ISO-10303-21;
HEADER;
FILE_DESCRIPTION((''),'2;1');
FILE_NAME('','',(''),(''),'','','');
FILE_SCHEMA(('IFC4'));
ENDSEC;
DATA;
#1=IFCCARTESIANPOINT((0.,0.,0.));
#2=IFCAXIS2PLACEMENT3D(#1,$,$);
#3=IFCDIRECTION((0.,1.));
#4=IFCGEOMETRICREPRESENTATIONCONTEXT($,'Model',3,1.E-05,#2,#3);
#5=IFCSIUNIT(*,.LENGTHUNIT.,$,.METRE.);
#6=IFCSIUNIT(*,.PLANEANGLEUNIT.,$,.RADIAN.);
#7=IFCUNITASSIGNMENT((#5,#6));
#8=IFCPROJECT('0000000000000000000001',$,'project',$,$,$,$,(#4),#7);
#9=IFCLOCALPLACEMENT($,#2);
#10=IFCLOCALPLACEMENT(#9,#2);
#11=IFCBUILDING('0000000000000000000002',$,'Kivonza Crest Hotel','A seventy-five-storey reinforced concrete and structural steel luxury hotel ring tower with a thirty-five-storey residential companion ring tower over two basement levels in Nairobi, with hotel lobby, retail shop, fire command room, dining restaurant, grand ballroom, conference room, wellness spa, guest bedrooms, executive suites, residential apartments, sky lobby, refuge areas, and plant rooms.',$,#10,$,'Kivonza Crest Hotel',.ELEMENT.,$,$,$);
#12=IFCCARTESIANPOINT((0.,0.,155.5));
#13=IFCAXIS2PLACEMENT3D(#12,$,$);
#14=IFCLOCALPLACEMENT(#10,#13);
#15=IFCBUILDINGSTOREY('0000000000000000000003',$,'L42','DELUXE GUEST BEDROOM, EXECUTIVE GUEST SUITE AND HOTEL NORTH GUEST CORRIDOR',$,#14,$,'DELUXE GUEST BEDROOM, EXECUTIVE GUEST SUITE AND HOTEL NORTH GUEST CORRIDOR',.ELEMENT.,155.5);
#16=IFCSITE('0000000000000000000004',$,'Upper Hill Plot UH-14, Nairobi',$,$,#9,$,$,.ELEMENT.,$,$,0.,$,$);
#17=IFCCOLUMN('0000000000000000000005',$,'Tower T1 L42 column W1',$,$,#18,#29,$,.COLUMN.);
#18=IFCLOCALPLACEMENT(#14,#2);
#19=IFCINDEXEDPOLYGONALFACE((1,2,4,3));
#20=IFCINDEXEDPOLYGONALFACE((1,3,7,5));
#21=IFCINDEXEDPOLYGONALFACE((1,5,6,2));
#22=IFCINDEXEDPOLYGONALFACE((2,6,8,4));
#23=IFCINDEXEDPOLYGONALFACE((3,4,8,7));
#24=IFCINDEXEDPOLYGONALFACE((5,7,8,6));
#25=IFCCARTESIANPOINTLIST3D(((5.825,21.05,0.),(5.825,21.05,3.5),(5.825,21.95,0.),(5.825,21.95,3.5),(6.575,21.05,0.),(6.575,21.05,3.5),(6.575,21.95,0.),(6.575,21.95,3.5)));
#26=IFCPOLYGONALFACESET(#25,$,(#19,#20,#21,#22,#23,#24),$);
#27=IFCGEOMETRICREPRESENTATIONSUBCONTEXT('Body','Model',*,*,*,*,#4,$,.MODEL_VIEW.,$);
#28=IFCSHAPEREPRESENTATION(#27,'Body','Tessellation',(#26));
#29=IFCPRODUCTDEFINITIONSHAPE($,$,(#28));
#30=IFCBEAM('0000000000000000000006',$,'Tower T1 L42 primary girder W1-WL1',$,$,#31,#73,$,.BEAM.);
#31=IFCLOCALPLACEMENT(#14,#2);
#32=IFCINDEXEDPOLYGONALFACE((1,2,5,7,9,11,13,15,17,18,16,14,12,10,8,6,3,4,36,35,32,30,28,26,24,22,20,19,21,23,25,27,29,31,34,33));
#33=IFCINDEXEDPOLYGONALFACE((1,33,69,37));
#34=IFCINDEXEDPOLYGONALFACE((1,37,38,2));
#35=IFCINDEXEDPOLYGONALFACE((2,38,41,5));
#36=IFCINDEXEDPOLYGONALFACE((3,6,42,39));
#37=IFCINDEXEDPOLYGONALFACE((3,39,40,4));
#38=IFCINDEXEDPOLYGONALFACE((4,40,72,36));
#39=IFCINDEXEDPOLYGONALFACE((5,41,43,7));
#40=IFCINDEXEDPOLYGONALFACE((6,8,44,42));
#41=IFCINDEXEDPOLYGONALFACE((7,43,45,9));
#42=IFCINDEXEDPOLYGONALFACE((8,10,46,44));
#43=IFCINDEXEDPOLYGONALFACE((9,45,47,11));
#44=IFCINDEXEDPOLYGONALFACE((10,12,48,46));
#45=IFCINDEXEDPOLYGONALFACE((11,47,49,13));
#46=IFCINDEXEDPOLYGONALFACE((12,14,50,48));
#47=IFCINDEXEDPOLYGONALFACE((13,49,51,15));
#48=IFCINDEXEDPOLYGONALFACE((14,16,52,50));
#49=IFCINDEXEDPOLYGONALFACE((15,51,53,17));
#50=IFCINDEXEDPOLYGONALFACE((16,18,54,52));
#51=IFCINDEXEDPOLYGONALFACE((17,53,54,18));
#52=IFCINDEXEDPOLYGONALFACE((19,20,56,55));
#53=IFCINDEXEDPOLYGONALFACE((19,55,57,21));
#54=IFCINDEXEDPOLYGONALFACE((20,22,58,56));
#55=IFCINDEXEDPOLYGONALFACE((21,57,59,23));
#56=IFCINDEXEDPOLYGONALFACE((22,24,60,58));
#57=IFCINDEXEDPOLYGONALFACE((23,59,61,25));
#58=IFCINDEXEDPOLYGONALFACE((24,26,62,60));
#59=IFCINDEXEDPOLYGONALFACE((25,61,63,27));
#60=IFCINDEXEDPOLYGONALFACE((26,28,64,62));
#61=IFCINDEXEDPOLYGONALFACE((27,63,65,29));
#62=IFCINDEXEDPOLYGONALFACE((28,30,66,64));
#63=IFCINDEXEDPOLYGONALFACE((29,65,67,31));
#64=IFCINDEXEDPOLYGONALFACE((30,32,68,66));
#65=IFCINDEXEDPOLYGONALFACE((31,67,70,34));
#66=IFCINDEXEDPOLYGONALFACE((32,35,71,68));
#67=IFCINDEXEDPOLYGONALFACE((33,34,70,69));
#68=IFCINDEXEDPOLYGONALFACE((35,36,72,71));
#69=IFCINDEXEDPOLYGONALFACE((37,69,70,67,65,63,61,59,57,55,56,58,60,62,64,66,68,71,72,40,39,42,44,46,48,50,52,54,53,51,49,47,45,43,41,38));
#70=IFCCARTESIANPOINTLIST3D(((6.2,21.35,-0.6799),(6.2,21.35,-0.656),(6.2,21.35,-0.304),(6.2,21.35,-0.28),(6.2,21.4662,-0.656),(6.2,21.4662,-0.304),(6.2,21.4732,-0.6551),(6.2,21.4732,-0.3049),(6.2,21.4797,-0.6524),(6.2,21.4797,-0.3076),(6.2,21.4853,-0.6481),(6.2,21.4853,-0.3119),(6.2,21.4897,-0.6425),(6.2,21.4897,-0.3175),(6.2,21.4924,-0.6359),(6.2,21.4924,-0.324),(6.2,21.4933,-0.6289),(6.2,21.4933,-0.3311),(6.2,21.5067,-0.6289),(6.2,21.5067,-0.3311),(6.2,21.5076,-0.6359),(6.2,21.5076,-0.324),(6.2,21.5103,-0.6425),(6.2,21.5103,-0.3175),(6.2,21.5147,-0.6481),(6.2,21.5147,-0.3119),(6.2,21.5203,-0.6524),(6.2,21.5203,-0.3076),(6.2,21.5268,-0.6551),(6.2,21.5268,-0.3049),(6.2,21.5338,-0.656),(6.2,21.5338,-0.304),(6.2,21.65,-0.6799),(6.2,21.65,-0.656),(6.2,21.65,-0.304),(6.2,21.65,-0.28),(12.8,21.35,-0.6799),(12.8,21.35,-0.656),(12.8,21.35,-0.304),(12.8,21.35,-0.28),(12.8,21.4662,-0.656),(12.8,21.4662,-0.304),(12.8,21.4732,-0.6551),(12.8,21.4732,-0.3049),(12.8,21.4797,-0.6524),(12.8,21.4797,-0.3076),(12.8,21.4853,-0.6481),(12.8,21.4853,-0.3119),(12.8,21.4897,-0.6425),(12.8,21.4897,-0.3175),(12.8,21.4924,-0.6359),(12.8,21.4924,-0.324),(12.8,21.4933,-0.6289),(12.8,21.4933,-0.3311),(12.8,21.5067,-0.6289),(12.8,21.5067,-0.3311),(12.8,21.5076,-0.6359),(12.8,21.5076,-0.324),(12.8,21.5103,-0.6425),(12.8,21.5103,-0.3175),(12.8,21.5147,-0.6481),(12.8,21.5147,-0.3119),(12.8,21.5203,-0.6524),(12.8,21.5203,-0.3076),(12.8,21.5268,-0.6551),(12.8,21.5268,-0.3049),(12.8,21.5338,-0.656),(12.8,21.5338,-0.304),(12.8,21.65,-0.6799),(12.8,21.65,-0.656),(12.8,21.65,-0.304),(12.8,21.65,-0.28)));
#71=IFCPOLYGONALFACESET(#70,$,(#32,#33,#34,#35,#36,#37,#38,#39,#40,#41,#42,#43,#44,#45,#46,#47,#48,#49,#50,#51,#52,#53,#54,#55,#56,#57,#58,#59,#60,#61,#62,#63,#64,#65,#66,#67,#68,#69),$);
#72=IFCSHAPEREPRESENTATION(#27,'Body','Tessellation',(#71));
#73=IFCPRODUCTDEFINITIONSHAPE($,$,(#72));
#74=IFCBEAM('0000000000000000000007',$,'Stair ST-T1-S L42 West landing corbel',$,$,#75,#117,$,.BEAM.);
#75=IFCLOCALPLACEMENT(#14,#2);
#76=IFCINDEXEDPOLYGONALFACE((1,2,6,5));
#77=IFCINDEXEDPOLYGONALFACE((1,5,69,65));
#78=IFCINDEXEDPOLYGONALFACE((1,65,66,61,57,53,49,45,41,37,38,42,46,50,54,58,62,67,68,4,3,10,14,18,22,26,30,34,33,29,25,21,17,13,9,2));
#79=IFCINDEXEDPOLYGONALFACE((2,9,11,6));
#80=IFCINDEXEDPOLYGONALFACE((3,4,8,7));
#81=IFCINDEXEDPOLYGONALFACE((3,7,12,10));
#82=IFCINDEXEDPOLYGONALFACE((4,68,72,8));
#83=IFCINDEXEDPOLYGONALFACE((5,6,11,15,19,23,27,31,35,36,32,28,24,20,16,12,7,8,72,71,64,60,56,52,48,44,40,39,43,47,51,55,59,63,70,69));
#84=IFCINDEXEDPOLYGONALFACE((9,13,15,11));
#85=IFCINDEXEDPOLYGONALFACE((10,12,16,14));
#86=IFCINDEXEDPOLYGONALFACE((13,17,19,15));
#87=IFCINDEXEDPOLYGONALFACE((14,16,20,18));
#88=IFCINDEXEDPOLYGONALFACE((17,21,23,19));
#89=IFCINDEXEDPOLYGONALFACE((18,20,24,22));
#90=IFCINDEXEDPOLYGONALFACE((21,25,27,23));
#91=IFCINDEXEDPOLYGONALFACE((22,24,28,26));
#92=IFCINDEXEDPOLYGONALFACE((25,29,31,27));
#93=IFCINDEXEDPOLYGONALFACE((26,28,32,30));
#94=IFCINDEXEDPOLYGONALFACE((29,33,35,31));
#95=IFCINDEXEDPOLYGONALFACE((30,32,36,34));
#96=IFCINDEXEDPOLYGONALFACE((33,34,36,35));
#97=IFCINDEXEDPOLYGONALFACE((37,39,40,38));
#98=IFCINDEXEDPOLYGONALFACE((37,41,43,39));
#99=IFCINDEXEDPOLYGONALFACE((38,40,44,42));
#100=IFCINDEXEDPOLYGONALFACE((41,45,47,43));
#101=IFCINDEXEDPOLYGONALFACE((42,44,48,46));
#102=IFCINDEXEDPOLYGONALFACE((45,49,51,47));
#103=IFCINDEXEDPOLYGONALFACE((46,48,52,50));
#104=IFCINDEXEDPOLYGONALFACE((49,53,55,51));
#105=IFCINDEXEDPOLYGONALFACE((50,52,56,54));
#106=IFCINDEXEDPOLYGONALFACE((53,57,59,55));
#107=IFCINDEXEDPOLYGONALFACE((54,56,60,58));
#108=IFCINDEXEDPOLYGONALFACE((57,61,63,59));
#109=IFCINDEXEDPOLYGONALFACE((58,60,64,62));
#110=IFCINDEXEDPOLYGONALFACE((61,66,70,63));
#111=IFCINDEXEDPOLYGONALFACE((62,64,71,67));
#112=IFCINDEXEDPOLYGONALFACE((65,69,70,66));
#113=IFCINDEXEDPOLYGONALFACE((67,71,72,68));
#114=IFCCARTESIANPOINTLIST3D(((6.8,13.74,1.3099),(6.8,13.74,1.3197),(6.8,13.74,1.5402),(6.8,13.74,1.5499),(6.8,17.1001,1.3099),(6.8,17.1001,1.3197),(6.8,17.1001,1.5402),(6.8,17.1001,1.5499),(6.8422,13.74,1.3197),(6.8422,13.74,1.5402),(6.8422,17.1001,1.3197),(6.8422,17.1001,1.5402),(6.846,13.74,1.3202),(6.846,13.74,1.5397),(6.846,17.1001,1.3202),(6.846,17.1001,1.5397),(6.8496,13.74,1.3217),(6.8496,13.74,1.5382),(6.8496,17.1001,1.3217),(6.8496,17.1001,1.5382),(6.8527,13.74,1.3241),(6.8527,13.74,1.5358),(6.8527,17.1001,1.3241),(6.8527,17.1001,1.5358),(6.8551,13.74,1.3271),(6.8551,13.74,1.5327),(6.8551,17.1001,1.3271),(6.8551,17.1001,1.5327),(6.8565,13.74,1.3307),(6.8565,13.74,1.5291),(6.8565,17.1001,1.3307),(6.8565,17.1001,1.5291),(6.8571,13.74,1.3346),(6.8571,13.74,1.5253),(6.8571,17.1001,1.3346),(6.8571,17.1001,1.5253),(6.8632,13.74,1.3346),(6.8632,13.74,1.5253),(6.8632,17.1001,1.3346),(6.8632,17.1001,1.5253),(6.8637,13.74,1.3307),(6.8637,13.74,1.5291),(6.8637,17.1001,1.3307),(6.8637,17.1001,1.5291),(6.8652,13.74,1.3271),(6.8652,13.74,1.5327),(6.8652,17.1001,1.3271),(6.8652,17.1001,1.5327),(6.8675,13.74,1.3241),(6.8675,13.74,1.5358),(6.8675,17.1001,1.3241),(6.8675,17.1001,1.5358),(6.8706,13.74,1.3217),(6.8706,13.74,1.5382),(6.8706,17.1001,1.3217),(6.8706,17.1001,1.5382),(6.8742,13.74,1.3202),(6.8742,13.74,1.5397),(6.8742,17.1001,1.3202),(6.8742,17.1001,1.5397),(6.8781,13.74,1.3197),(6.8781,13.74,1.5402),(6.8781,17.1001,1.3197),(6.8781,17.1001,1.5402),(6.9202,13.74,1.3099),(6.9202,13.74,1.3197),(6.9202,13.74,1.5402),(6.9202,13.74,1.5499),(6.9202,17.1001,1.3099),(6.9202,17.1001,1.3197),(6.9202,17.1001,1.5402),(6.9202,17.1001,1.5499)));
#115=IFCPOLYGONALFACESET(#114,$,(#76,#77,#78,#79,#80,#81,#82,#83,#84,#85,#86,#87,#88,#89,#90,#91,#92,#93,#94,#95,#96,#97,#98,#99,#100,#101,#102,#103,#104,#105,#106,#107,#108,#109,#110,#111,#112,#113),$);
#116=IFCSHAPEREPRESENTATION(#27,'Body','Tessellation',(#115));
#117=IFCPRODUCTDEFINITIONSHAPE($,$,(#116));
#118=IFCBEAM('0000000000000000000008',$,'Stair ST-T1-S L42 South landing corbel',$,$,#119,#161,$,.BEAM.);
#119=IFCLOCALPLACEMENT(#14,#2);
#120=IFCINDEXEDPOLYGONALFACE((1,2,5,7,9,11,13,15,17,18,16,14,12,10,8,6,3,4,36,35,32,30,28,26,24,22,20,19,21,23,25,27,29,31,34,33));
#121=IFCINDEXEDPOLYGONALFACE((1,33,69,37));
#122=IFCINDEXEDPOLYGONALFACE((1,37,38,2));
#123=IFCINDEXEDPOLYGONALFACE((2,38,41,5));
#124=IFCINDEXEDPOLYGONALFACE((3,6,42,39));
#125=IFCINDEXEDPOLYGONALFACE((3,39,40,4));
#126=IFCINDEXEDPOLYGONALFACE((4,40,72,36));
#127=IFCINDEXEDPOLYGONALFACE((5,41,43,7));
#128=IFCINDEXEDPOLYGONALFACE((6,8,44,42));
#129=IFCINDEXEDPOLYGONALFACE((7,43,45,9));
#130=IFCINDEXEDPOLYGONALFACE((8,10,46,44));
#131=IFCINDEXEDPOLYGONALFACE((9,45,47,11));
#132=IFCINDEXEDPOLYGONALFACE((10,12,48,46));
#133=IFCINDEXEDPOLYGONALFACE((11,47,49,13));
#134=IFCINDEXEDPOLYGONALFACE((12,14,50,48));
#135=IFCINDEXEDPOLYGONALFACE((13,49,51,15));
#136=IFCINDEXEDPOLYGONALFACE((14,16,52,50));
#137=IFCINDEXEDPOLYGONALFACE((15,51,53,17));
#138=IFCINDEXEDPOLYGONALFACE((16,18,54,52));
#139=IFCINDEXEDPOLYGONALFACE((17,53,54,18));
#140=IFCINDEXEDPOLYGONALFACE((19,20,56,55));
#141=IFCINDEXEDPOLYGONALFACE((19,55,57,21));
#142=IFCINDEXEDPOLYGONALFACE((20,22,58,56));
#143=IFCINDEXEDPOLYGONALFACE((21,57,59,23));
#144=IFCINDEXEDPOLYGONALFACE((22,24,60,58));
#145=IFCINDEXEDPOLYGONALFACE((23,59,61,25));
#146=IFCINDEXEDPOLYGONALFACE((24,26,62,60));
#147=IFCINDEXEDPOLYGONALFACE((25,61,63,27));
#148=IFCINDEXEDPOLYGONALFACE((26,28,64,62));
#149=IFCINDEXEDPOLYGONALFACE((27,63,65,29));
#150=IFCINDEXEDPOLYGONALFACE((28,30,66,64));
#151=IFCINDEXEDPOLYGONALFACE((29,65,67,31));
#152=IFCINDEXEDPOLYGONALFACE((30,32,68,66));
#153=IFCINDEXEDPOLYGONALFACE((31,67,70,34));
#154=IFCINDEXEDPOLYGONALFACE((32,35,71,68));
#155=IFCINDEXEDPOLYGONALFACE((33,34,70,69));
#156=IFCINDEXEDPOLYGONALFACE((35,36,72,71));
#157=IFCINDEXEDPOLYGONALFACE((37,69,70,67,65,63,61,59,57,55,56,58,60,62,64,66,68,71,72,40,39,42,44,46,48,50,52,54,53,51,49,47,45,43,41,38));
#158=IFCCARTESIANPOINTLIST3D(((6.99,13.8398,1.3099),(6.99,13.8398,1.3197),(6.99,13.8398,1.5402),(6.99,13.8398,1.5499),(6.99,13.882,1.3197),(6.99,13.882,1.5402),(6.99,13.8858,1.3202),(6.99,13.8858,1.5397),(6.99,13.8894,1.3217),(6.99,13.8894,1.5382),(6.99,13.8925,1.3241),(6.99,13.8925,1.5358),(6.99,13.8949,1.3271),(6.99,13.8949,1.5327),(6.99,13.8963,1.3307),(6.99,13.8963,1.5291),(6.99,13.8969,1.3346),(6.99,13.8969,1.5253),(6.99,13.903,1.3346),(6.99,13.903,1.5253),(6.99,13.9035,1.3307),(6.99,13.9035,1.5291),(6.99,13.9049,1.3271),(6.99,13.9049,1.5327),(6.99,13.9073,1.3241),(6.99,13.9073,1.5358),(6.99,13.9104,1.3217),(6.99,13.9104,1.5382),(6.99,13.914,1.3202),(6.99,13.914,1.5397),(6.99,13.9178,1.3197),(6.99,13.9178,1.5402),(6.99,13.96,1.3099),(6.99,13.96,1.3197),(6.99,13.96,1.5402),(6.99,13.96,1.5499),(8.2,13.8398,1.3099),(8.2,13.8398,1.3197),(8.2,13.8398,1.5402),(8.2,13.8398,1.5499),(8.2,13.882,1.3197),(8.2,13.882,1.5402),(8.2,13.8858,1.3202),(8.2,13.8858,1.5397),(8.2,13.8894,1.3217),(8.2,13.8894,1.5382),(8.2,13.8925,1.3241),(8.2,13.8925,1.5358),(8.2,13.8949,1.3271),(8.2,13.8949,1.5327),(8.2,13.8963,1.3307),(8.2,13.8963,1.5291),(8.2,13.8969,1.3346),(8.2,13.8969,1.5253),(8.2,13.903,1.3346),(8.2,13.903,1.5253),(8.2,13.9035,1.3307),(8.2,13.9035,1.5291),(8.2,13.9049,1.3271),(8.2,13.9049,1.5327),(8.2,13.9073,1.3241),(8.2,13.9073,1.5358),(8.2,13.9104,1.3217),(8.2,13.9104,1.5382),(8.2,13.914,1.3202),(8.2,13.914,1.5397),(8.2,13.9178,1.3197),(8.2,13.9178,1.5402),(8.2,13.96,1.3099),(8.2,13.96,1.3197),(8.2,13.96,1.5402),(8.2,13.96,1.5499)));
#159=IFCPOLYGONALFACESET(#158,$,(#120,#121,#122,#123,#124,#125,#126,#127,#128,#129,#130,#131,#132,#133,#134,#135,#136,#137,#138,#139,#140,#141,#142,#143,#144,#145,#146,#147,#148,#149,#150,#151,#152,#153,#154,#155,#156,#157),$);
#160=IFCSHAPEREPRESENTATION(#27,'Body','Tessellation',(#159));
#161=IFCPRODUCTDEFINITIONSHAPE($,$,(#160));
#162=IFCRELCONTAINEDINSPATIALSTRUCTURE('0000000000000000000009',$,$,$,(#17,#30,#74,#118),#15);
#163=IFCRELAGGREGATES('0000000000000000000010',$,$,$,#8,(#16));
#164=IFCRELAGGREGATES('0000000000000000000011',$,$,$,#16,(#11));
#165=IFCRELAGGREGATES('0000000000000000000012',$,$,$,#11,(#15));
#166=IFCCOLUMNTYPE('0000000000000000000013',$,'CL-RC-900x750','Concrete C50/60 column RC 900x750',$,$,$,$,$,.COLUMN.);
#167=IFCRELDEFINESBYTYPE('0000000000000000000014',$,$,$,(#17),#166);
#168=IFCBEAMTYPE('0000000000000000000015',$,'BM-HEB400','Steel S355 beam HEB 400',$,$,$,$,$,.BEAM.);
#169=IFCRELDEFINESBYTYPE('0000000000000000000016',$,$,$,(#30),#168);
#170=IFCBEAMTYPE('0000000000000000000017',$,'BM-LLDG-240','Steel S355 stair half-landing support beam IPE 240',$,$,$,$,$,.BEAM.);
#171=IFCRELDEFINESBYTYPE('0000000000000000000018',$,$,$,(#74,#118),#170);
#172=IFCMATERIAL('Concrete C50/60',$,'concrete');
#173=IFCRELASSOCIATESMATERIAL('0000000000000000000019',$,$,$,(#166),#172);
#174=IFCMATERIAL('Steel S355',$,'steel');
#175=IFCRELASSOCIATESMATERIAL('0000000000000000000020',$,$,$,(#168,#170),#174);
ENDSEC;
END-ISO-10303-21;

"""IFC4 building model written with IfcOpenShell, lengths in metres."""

from ifc_helpers import new_model, si_unit, direction, frame, origin, origin_2d, place, context, subcontext, project, spatial, rectangle, i_section, extrude, material, material_profile, profile_set, type_object, element, save


model = new_model("IFC4")

# Units and contexts
model_context = context("Model", 3, precision=1e-05, world=origin(), true_north=direction((0.0, 1.0)))
body_context = subcontext(model_context, "Body", "Model", "MODEL_VIEW")
ifc_project = project(units=[si_unit("LENGTHUNIT", "METRE"), si_unit("PLANEANGLEUNIT", "RADIAN")], contexts=[model_context])

# Site, building, storey
site_placement = place(None, origin())
site = spatial("IfcSite", under=ifc_project, at=site_placement, Name="Upper Hill Plot UH-14, Nairobi", CompositionType="ELEMENT", RefElevation=0.0)
building_placement = place(site_placement, origin())
building = spatial("IfcBuilding", under=site, at=building_placement, Name="Kivonza Crest Hotel", Description="A seventy-five-storey reinforced concrete and structural steel luxury hotel ring tower with a thirty-five-storey residential companion ring tower over two basement levels in Nairobi, with hotel lobby, retail shop, fire command room, dining restaurant, grand ballroom, conference room, wellness spa, guest bedrooms, executive suites, residential apartments, sky lobby, refuge areas, and plant rooms.", LongName="Kivonza Crest Hotel", CompositionType="ELEMENT")
storey_placement = place(building_placement, frame((0.0, 0.0, 155.5)))
storey = spatial("IfcBuildingStorey", under=building, at=storey_placement, Name="L42", Description="DELUXE GUEST BEDROOM, EXECUTIVE GUEST SUITE AND HOTEL NORTH GUEST CORRIDOR", LongName="DELUXE GUEST BEDROOM, EXECUTIVE GUEST SUITE AND HOTEL NORTH GUEST CORRIDOR", CompositionType="ELEMENT", Elevation=155.5)

# Column
ifc_material_1 = material(Name="Concrete C50/60", Category="concrete")
ifc_material_profile_1 = material_profile(ifc_material_1, rectangle(XDim=0.75, YDim=0.8999, at=origin_2d()), Name="RC 900x750")
ifc_profile_set_1 = profile_set([ifc_material_profile_1], Name="Concrete C50/60")
column_type = type_object("IfcColumnType", Name="CL-RC-900x750", Description="Concrete C50/60 column RC 900x750", PredefinedType="COLUMN", material=ifc_profile_set_1)
column_placement = place(storey_placement, frame((6.2, 21.5, 0.0), z_axis=(0.0, 0.0, 1.0), x_axis=(1.0, 0.0, 0.0)))
element("IfcColumn", 1, at=column_placement, inside=storey, type_object=column_type, Name="Tower T1 L42 column W1", PredefinedType="COLUMN", context=body_context, shape_type="SweptSolid", body=[
    extrude(rectangle(XDim=0.75, YDim=0.8999, at=origin_2d()), origin(), (0.0, 0.0, 1.0), 3.5),
])

# Beams
ifc_material_2 = material(Name="Steel S355", Category="steel")
ifc_material_profile_2 = material_profile(ifc_material_2, i_section(OverallWidth=0.3, OverallDepth=0.3999, WebThickness=0.0134, FlangeThickness=0.0239, FilletRadius=0.0271, at=origin_2d()), Name="HEB 400")
ifc_profile_set_2 = profile_set([ifc_material_profile_2], Name="Steel S355")
beam_type_1 = type_object("IfcBeamType", Name="BM-HEB400", Description="Steel S355 beam HEB 400", PredefinedType="BEAM", material=ifc_profile_set_2)
beam_1_placement = place(storey_placement, frame((6.2, 21.5, -0.48), z_axis=(1.0, 0.0, 0.0), x_axis=(0.0, 1.0, 0.0)))
element("IfcBeam", 2, at=beam_1_placement, inside=storey, type_object=beam_type_1, Name="Tower T1 L42 primary girder W1-WL1", PredefinedType="BEAM", context=body_context, shape_type="SweptSolid", body=[
    extrude(i_section(OverallWidth=0.3, OverallDepth=0.3999, WebThickness=0.0134, FlangeThickness=0.0239, FilletRadius=0.0271, at=origin_2d()), origin(), (0.0, 0.0, 1.0), 6.6001),
])
ifc_material_profile_3 = material_profile(ifc_material_2, i_section(OverallWidth=0.1201, OverallDepth=0.24, WebThickness=0.0061, FlangeThickness=0.0098, FilletRadius=0.0149, at=origin_2d()), Name="IPE 240")
ifc_profile_set_3 = profile_set([ifc_material_profile_3], Name="Steel S355")
beam_type_2 = type_object("IfcBeamType", Name="BM-LLDG-240", Description="Steel S355 stair half-landing support beam IPE 240", PredefinedType="BEAM", material=ifc_profile_set_3)
beam_2_placement = place(storey_placement, frame((6.8601, 13.74, 1.4299), z_axis=(0.0, 1.0, 0.0), x_axis=(-1.0, 0.0, 0.0)))
element("IfcBeam", 3, at=beam_2_placement, inside=storey, type_object=beam_type_2, Name="Stair ST-T1-S L42 West landing corbel", PredefinedType="BEAM", context=body_context, shape_type="SweptSolid", body=[
    extrude(i_section(OverallWidth=0.1201, OverallDepth=0.24, WebThickness=0.0061, FlangeThickness=0.0098, FilletRadius=0.0149, at=origin_2d()), origin(), (0.0, 0.0, 1.0), 3.3601),
])
for number, where, z_axis, x_axis, name in (
    (4, (6.99, 13.8999, 1.4299), (1.0, 0.0, 0.0), (0.0, 1.0, 0.0), "Stair ST-T1-S L42 South landing corbel"),
):
    element("IfcBeam", number, at=place(storey_placement, frame(where, z_axis=z_axis, x_axis=x_axis)), inside=storey, type_object=beam_type_2, Name=name, PredefinedType="BEAM", context=body_context, shape_type="SweptSolid", body=[
        extrude(i_section(OverallWidth=0.1201, OverallDepth=0.24, WebThickness=0.0061, FlangeThickness=0.0098, FilletRadius=0.0149, at=origin_2d()), origin(), (0.0, 0.0, 1.0), 1.21),
    ])

save(model, "model.ifc")
